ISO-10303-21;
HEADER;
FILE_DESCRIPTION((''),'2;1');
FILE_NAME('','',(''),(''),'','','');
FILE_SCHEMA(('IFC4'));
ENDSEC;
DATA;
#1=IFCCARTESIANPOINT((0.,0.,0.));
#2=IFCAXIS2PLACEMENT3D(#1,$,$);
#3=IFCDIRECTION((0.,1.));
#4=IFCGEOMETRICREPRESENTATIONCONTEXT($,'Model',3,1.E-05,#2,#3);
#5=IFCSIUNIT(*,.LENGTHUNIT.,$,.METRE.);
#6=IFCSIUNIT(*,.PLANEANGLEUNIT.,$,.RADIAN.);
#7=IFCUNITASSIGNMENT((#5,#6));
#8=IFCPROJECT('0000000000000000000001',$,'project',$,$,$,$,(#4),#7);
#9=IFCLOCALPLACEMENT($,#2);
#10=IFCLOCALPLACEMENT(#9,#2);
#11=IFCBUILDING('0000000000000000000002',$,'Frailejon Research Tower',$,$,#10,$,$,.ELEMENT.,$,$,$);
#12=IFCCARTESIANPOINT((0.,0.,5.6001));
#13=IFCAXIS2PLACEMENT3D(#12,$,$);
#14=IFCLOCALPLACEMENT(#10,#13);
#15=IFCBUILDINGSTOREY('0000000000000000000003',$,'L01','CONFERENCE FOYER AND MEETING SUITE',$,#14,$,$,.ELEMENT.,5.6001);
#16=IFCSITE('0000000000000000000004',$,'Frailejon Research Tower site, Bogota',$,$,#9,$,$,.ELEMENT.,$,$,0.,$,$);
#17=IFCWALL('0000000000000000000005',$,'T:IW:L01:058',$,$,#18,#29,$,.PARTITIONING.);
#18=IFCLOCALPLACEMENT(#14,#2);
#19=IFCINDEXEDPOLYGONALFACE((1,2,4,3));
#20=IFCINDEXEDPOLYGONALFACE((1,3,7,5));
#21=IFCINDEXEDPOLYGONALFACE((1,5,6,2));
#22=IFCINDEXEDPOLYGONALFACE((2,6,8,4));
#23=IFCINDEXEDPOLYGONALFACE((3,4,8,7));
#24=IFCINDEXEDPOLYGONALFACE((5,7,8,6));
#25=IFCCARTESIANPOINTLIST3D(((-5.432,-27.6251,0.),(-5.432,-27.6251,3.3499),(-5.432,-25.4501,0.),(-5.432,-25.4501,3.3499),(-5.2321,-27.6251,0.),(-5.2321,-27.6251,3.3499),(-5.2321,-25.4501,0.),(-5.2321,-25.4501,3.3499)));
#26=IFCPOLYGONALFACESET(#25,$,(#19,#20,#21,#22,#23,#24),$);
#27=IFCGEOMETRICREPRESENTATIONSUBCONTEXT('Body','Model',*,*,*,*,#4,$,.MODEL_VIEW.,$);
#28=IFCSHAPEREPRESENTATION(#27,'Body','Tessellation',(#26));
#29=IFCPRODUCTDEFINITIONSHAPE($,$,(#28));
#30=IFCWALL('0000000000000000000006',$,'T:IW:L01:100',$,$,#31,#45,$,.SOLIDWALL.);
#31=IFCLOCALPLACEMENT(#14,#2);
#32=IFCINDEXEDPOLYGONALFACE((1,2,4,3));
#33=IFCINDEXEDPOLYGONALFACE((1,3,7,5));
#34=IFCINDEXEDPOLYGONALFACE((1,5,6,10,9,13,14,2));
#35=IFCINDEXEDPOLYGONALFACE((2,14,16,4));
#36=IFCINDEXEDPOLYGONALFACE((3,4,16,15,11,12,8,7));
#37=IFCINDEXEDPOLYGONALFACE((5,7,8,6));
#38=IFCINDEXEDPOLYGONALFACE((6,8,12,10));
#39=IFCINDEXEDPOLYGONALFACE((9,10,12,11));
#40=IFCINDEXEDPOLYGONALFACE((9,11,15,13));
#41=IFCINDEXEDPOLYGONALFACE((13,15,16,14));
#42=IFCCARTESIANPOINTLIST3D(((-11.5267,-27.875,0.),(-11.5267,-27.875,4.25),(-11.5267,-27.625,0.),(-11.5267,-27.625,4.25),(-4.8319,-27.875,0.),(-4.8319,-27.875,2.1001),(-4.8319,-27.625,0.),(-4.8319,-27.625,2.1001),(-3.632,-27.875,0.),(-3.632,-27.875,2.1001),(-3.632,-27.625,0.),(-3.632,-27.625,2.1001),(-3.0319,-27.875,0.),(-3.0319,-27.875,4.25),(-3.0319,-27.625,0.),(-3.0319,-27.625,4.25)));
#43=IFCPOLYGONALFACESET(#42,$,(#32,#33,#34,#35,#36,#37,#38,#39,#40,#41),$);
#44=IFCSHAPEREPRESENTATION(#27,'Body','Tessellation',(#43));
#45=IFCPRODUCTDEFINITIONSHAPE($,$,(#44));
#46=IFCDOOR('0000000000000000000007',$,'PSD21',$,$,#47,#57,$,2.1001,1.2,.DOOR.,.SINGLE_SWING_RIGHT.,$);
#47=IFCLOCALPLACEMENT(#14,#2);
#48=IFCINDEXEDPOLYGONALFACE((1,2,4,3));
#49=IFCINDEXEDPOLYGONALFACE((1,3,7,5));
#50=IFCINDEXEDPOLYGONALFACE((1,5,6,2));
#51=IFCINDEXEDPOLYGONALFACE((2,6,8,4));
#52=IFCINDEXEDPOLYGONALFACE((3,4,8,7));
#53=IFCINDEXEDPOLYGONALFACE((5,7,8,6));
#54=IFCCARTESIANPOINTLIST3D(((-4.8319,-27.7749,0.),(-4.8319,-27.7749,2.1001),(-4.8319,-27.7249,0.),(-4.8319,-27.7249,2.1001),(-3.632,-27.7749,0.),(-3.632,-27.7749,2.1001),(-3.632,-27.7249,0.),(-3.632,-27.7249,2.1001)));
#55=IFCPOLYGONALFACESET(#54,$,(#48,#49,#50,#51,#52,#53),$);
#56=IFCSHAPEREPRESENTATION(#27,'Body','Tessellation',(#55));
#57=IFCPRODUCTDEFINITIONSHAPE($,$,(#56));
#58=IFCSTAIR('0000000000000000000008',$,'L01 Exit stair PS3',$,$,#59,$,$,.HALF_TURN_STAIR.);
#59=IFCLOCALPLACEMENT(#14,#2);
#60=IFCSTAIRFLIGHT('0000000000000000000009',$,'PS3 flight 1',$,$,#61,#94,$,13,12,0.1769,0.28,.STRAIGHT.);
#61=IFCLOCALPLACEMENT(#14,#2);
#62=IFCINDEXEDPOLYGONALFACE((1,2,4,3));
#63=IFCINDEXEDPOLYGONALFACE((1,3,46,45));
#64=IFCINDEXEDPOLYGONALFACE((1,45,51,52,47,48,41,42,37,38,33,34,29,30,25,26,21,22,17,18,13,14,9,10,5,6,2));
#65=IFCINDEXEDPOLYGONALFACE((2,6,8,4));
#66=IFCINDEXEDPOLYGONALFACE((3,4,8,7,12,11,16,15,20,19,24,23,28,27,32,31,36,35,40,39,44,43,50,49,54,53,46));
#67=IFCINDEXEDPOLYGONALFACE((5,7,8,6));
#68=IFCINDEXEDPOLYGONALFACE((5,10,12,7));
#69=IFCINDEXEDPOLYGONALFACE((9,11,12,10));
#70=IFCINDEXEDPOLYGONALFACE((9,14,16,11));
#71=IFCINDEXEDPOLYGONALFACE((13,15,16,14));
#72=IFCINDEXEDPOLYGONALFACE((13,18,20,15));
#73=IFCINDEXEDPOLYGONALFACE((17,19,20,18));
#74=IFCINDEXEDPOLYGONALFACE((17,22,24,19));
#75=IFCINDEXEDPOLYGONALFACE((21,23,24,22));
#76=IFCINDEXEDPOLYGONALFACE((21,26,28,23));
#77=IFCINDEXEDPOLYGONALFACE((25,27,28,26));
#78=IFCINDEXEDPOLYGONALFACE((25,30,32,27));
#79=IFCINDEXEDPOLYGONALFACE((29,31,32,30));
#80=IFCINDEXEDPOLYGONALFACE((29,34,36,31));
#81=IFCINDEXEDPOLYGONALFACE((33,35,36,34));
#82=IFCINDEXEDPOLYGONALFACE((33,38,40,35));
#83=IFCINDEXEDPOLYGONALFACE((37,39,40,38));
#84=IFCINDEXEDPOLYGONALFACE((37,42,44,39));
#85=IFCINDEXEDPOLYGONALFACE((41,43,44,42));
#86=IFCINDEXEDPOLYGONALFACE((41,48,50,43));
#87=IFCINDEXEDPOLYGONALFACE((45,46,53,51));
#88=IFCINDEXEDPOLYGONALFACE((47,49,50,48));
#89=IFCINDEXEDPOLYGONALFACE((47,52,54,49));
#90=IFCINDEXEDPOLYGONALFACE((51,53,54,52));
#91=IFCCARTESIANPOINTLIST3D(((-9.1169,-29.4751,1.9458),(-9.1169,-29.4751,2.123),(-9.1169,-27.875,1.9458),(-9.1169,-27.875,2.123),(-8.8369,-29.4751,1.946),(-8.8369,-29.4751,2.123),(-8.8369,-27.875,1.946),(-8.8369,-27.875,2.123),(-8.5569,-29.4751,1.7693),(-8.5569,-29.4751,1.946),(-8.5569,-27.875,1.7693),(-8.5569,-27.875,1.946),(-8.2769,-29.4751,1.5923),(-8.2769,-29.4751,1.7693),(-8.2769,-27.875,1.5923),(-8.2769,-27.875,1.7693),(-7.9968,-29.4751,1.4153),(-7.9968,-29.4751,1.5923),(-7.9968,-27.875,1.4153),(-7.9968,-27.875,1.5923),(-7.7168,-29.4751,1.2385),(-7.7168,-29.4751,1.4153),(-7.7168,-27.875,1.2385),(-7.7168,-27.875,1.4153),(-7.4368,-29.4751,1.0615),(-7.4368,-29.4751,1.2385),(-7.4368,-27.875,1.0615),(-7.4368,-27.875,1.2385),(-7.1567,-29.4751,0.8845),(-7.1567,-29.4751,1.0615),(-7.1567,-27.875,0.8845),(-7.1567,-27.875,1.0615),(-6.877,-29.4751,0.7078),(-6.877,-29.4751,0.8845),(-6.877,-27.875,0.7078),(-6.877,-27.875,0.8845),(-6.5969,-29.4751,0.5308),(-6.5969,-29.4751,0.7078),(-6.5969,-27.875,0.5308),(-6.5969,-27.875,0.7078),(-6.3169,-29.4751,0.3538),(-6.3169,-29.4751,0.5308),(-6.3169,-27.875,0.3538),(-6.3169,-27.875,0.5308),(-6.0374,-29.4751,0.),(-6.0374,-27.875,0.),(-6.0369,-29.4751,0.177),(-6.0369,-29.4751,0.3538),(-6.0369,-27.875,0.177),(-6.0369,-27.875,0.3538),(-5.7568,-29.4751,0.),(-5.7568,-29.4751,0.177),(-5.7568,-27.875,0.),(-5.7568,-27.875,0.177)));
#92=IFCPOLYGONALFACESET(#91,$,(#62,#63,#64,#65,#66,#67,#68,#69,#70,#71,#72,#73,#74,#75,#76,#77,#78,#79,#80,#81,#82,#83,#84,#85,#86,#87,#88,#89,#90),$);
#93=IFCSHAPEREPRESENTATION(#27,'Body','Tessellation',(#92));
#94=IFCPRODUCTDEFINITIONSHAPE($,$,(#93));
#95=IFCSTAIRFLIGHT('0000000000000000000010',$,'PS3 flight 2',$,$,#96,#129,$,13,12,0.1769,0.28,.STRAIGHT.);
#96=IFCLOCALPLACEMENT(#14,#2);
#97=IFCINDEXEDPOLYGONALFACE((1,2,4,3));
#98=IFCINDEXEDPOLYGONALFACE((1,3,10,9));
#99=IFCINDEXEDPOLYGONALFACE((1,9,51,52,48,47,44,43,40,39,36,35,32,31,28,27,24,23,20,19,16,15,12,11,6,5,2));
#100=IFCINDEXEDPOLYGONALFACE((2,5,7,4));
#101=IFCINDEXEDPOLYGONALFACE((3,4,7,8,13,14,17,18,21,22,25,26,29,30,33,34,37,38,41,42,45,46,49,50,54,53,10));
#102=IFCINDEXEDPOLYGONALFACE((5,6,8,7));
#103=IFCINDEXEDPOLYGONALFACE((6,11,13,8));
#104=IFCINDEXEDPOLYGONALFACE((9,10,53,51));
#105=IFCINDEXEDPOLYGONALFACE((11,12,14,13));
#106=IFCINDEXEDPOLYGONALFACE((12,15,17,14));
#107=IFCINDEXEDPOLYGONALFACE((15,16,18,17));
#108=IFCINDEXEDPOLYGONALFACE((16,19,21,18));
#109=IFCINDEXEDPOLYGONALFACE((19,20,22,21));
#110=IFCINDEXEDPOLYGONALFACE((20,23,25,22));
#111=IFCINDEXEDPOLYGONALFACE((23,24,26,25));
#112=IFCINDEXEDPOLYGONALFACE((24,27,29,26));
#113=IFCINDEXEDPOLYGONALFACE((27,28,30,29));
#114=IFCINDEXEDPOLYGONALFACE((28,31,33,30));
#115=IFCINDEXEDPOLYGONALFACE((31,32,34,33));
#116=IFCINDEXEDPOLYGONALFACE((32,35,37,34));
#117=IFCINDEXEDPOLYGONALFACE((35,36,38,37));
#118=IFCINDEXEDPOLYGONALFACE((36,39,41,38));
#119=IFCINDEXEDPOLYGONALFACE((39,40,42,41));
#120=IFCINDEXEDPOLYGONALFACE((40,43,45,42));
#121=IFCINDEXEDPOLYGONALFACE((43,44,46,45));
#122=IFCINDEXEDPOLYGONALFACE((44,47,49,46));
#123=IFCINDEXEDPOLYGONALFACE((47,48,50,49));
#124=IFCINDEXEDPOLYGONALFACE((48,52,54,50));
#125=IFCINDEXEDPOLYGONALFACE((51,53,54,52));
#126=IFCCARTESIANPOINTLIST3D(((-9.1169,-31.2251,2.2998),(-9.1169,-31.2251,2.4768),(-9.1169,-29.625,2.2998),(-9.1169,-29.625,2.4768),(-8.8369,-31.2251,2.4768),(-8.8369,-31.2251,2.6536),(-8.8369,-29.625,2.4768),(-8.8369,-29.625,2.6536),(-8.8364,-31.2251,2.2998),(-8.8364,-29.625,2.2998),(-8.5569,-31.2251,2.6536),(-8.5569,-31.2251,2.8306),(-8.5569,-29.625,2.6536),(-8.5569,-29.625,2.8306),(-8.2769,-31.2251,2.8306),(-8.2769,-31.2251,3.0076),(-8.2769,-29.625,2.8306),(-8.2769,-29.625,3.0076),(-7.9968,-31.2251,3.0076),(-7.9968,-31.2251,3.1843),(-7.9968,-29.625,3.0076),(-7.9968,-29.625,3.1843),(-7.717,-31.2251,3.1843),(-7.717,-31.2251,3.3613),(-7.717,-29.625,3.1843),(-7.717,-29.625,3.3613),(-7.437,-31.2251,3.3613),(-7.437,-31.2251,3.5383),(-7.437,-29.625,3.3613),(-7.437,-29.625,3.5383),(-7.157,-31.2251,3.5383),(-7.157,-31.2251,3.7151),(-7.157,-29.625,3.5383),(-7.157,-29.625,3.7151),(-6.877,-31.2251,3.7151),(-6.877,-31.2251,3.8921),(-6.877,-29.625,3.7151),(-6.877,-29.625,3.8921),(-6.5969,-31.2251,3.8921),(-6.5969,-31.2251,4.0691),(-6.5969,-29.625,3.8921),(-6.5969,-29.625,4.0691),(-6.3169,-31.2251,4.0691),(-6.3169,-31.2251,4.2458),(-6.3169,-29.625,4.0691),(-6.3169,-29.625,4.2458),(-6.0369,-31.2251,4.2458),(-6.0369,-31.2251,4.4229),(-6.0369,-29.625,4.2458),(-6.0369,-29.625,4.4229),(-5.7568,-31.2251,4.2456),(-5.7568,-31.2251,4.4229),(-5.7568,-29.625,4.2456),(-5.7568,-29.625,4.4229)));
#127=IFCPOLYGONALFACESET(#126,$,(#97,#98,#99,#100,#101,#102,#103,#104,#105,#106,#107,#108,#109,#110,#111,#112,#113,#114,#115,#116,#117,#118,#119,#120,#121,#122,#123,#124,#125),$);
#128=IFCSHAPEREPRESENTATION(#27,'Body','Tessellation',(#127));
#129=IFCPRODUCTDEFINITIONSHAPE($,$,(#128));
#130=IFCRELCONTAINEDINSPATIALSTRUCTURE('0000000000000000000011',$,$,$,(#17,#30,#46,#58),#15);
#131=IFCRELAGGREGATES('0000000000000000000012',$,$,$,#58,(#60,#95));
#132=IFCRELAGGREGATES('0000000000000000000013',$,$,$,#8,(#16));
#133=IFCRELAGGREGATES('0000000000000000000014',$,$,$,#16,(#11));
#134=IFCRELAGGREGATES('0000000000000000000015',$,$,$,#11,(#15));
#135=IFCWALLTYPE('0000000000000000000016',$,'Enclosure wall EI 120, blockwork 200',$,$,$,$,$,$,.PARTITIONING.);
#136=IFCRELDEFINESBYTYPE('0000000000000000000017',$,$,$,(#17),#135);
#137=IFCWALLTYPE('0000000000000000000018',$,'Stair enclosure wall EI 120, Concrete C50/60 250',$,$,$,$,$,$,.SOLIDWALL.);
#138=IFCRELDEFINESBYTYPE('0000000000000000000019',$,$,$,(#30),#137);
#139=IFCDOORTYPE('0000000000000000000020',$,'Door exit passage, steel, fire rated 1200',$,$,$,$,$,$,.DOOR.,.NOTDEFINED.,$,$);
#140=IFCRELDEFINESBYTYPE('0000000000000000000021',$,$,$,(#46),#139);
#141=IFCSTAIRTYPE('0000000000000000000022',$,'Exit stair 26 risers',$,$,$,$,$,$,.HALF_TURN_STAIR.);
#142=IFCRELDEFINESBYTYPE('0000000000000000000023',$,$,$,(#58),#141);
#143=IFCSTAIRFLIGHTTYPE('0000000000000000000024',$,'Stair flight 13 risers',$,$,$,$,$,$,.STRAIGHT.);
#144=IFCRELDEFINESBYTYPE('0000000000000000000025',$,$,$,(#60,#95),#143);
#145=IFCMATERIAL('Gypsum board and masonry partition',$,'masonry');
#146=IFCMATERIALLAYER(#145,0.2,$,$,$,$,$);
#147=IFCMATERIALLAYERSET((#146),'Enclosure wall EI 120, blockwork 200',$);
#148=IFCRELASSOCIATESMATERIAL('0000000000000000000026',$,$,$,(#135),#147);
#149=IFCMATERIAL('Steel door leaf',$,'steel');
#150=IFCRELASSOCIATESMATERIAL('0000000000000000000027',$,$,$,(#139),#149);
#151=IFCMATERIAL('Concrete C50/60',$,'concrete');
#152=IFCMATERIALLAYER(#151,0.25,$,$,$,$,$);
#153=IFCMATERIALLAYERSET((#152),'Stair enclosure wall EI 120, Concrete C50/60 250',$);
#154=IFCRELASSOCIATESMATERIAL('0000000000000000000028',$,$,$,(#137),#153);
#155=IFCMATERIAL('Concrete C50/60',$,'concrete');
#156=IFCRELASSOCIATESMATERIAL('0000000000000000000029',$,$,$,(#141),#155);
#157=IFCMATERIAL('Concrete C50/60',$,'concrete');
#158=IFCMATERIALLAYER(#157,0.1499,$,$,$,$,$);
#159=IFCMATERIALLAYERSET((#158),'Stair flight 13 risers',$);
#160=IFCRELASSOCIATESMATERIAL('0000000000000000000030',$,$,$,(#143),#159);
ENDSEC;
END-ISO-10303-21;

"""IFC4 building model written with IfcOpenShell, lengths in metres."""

from ifc_helpers import new_model, si_unit, direction, frame, frame_2d, origin, place, context, subcontext, project, spatial, polyline, rectangle, outline, extrude, material, layer, layer_set, type_object, element, fill, aggregate, save


model = new_model("IFC4")

# Units and contexts
model_context = context("Model", 3, precision=1e-05, world=origin(), true_north=direction((0.0, 1.0)))
body_context = subcontext(model_context, "Body", "Model", "MODEL_VIEW")
ifc_project = project(units=[si_unit("LENGTHUNIT", "METRE"), si_unit("PLANEANGLEUNIT", "RADIAN")], contexts=[model_context])

# Site, building, storey
site_placement = place(None, origin())
site = spatial("IfcSite", under=ifc_project, at=site_placement, Name="Frailejon Research Tower site, Bogota", CompositionType="ELEMENT", RefElevation=0.0)
building_placement = place(site_placement, origin())
building = spatial("IfcBuilding", under=site, at=building_placement, Name="Frailejon Research Tower", CompositionType="ELEMENT")
storey_placement = place(building_placement, frame((0.0, 0.0, 5.6001)))
storey = spatial("IfcBuildingStorey", under=building, at=storey_placement, Name="L01", Description="CONFERENCE FOYER AND MEETING SUITE", CompositionType="ELEMENT", Elevation=5.6001)

# Shared definitions
ifc_material_1 = material(Name="Gypsum board and masonry partition", Category="masonry")
ifc_layer_1 = layer(ifc_material_1, 0.2)
ifc_layer_set_1 = layer_set([ifc_layer_1], Name="Enclosure wall EI 120, blockwork 200")
wall_type_1 = type_object("IfcWallType", Name="Enclosure wall EI 120, blockwork 200", PredefinedType="PARTITIONING", material=ifc_layer_set_1)
ifc_material_2 = material(Name="Steel door leaf", Category="steel")
door_type = type_object("IfcDoorType", Name="Door exit passage, steel, fire rated 1200", OperationType="NOTDEFINED", PredefinedType="DOOR", material=ifc_material_2)

# Wall
wall_1_placement = place(storey_placement, frame((-5.332, -27.625, 0.0), z_axis=(0.0, 0.0, 1.0), x_axis=(0.0, 1.0, 0.0)))
element("IfcWall", 1, at=wall_1_placement, inside=storey, type_object=wall_type_1, Name="T:IW:L01:058", PredefinedType="PARTITIONING", context=body_context, shape_type="SweptSolid", body=[
    extrude(rectangle(XDim=2.175, YDim=0.2, at=frame_2d((1.0874, 0.0))), origin(), (0.0, 0.0, 1.0), 3.3499),
])

# Wall, opening, door
ifc_material_3 = material(Name="Concrete C50/60", Category="concrete")
ifc_layer_2 = layer(ifc_material_3, 0.25)
ifc_layer_set_2 = layer_set([ifc_layer_2], Name="Stair enclosure wall EI 120, Concrete C50/60 250")
wall_type_2 = type_object("IfcWallType", Name="Stair enclosure wall EI 120, Concrete C50/60 250", PredefinedType="SOLIDWALL", material=ifc_layer_set_2)
wall_2_placement = place(storey_placement, frame((-11.5269, -27.75, 0.0), z_axis=(0.0, 0.0, 1.0), x_axis=(1.0, 0.0, 0.0)))
wall_2 = element("IfcWall", 2, at=wall_2_placement, inside=storey, type_object=wall_type_2, Name="T:IW:L01:100", PredefinedType="SOLIDWALL", context=body_context, shape_type="SweptSolid", body=[
    extrude(rectangle(XDim=8.4949, YDim=0.25, at=frame_2d((4.2476, 0.0))), origin(), (0.0, 0.0, 1.0), 4.25),
])
opening_1_placement = place(wall_2_placement, frame((7.895, 0.0, 0.0), z_axis=(0.0, 0.0, 1.0), x_axis=(-1.0, 0.0, 0.0)))
opening_1 = element("IfcOpeningElement", 3, at=opening_1_placement, cuts=wall_2, PredefinedType="OPENING", context=body_context, shape_type="SweptSolid", body=[
    extrude(rectangle(XDim=1.2, YDim=2.1001, at=frame_2d((0.6001, 1.05))), frame((0.0, 0.135, 0.0), z_axis=(0.0, -1.0, 0.0), x_axis=(1.0, 0.0, 0.0)), (0.0, 0.0, 1.0), 0.27),
])
door_1_placement = place(opening_1_placement, origin())
door_1 = element("IfcDoor", 4, at=door_1_placement, inside=storey, type_object=door_type, Name="PSD21", OperationType="SINGLE_SWING_RIGHT", OverallHeight=2.1001, OverallWidth=1.2, PredefinedType="DOOR", context=body_context, shape_type="SweptSolid", body=[
    extrude(rectangle(XDim=1.2, YDim=2.1001, at=frame_2d((0.6001, 1.05))), frame((0.0, 0.0249, 0.0), z_axis=(0.0, -1.0, 0.0), x_axis=(1.0, 0.0, 0.0)), (0.0, 0.0, 1.0), 0.05),
])
fill(opening_1, door_1)

# Stair, stair flights
ifc_material_4 = material(Name="Concrete C50/60", Category="concrete")
stair_type = type_object("IfcStairType", Name="Exit stair 26 risers", PredefinedType="HALF_TURN_STAIR", material=ifc_material_4)
stair_placement = place(storey_placement, origin())
stair = element("IfcStair", 5, at=stair_placement, inside=storey, type_object=stair_type, Name="L01 Exit stair PS3", PredefinedType="HALF_TURN_STAIR")
ifc_material_5 = material(Name="Concrete C50/60", Category="concrete")
ifc_layer_3 = layer(ifc_material_5, 0.1499)
ifc_layer_set_3 = layer_set([ifc_layer_3], Name="Stair flight 13 risers")
stair_flight_type = type_object("IfcStairFlightType", Name="Stair flight 13 risers", PredefinedType="STRAIGHT", material=ifc_layer_set_3)
stair_flight_1_placement = place(storey_placement, frame((-5.7568, -28.675, 0.0), z_axis=(0.0, 0.0, 1.0), x_axis=(-1.0, 0.0, 0.0)))
stair_flight_1 = element("IfcStairFlight", 6, at=stair_flight_1_placement, type_object=stair_flight_type, Name="PS3 flight 1", NumberOfRisers=13, NumberOfTreads=12, PredefinedType="STRAIGHT", RiserHeight=0.1769, TreadLength=0.28, context=body_context, shape_type="SweptSolid", body=[
    extrude(outline(polyline([(0.0, 0.0), (0.0, 0.177), (0.28, 0.177), (0.28, 0.3538), (0.5601, 0.3538), (0.5601, 0.5308), (0.8401, 0.5308), (0.8401, 0.7078), (1.1201, 0.7078), (1.1201, 0.8845), (1.3999, 0.8845), (1.3999, 1.0615), (1.6799, 1.0615), (1.6799, 1.2385), (1.96, 1.2385), (1.96, 1.4153), (2.24, 1.4153), (2.24, 1.5923), (2.52, 1.5923), (2.52, 1.7693), (2.8, 1.7693), (2.8, 1.946), (3.0801, 1.946), (3.0801, 2.123), (3.3601, 2.123), (3.3601, 2.3), (3.3601, 1.9458), (0.2805, 0.0), (0.0, 0.0)])), frame((0.0, 0.8, 0.0), z_axis=(0.0, -1.0, 0.0), x_axis=(1.0, 0.0, 0.0)), (0.0, 0.0, 1.0), 1.6001),
])
stair_flight_2_placement = place(storey_placement, frame((-9.1169, -30.425, 2.2998), z_axis=(0.0, 0.0, 1.0), x_axis=(1.0, 0.0, 0.0)))
stair_flight_2 = element("IfcStairFlight", 7, at=stair_flight_2_placement, type_object=stair_flight_type, Name="PS3 flight 2", NumberOfRisers=13, NumberOfTreads=12, PredefinedType="STRAIGHT", RiserHeight=0.1769, TreadLength=0.28, context=body_context, shape_type="SweptSolid", body=[
    extrude(outline(polyline([(0.0, 0.0), (0.0, 0.177), (0.28, 0.177), (0.28, 0.3538), (0.5601, 0.3538), (0.5601, 0.5308), (0.8401, 0.5308), (0.8401, 0.7078), (1.1201, 0.7078), (1.1201, 0.8845), (1.3999, 0.8845), (1.3999, 1.0615), (1.6799, 1.0615), (1.6799, 1.2385), (1.96, 1.2385), (1.96, 1.4153), (2.24, 1.4153), (2.24, 1.5923), (2.52, 1.5923), (2.52, 1.7693), (2.8, 1.7693), (2.8, 1.946), (3.0801, 1.946), (3.0801, 2.123), (3.3601, 2.123), (3.3601, 2.3), (3.3601, 1.9458), (0.2805, 0.0), (0.0, 0.0)])), frame((0.0, 0.8, 0.0), z_axis=(0.0, -1.0, 0.0), x_axis=(1.0, 0.0, 0.0)), (0.0, 0.0, 1.0), 1.6001),
])
aggregate(stair, [stair_flight_1, stair_flight_2])

save(model, "model.ifc")
